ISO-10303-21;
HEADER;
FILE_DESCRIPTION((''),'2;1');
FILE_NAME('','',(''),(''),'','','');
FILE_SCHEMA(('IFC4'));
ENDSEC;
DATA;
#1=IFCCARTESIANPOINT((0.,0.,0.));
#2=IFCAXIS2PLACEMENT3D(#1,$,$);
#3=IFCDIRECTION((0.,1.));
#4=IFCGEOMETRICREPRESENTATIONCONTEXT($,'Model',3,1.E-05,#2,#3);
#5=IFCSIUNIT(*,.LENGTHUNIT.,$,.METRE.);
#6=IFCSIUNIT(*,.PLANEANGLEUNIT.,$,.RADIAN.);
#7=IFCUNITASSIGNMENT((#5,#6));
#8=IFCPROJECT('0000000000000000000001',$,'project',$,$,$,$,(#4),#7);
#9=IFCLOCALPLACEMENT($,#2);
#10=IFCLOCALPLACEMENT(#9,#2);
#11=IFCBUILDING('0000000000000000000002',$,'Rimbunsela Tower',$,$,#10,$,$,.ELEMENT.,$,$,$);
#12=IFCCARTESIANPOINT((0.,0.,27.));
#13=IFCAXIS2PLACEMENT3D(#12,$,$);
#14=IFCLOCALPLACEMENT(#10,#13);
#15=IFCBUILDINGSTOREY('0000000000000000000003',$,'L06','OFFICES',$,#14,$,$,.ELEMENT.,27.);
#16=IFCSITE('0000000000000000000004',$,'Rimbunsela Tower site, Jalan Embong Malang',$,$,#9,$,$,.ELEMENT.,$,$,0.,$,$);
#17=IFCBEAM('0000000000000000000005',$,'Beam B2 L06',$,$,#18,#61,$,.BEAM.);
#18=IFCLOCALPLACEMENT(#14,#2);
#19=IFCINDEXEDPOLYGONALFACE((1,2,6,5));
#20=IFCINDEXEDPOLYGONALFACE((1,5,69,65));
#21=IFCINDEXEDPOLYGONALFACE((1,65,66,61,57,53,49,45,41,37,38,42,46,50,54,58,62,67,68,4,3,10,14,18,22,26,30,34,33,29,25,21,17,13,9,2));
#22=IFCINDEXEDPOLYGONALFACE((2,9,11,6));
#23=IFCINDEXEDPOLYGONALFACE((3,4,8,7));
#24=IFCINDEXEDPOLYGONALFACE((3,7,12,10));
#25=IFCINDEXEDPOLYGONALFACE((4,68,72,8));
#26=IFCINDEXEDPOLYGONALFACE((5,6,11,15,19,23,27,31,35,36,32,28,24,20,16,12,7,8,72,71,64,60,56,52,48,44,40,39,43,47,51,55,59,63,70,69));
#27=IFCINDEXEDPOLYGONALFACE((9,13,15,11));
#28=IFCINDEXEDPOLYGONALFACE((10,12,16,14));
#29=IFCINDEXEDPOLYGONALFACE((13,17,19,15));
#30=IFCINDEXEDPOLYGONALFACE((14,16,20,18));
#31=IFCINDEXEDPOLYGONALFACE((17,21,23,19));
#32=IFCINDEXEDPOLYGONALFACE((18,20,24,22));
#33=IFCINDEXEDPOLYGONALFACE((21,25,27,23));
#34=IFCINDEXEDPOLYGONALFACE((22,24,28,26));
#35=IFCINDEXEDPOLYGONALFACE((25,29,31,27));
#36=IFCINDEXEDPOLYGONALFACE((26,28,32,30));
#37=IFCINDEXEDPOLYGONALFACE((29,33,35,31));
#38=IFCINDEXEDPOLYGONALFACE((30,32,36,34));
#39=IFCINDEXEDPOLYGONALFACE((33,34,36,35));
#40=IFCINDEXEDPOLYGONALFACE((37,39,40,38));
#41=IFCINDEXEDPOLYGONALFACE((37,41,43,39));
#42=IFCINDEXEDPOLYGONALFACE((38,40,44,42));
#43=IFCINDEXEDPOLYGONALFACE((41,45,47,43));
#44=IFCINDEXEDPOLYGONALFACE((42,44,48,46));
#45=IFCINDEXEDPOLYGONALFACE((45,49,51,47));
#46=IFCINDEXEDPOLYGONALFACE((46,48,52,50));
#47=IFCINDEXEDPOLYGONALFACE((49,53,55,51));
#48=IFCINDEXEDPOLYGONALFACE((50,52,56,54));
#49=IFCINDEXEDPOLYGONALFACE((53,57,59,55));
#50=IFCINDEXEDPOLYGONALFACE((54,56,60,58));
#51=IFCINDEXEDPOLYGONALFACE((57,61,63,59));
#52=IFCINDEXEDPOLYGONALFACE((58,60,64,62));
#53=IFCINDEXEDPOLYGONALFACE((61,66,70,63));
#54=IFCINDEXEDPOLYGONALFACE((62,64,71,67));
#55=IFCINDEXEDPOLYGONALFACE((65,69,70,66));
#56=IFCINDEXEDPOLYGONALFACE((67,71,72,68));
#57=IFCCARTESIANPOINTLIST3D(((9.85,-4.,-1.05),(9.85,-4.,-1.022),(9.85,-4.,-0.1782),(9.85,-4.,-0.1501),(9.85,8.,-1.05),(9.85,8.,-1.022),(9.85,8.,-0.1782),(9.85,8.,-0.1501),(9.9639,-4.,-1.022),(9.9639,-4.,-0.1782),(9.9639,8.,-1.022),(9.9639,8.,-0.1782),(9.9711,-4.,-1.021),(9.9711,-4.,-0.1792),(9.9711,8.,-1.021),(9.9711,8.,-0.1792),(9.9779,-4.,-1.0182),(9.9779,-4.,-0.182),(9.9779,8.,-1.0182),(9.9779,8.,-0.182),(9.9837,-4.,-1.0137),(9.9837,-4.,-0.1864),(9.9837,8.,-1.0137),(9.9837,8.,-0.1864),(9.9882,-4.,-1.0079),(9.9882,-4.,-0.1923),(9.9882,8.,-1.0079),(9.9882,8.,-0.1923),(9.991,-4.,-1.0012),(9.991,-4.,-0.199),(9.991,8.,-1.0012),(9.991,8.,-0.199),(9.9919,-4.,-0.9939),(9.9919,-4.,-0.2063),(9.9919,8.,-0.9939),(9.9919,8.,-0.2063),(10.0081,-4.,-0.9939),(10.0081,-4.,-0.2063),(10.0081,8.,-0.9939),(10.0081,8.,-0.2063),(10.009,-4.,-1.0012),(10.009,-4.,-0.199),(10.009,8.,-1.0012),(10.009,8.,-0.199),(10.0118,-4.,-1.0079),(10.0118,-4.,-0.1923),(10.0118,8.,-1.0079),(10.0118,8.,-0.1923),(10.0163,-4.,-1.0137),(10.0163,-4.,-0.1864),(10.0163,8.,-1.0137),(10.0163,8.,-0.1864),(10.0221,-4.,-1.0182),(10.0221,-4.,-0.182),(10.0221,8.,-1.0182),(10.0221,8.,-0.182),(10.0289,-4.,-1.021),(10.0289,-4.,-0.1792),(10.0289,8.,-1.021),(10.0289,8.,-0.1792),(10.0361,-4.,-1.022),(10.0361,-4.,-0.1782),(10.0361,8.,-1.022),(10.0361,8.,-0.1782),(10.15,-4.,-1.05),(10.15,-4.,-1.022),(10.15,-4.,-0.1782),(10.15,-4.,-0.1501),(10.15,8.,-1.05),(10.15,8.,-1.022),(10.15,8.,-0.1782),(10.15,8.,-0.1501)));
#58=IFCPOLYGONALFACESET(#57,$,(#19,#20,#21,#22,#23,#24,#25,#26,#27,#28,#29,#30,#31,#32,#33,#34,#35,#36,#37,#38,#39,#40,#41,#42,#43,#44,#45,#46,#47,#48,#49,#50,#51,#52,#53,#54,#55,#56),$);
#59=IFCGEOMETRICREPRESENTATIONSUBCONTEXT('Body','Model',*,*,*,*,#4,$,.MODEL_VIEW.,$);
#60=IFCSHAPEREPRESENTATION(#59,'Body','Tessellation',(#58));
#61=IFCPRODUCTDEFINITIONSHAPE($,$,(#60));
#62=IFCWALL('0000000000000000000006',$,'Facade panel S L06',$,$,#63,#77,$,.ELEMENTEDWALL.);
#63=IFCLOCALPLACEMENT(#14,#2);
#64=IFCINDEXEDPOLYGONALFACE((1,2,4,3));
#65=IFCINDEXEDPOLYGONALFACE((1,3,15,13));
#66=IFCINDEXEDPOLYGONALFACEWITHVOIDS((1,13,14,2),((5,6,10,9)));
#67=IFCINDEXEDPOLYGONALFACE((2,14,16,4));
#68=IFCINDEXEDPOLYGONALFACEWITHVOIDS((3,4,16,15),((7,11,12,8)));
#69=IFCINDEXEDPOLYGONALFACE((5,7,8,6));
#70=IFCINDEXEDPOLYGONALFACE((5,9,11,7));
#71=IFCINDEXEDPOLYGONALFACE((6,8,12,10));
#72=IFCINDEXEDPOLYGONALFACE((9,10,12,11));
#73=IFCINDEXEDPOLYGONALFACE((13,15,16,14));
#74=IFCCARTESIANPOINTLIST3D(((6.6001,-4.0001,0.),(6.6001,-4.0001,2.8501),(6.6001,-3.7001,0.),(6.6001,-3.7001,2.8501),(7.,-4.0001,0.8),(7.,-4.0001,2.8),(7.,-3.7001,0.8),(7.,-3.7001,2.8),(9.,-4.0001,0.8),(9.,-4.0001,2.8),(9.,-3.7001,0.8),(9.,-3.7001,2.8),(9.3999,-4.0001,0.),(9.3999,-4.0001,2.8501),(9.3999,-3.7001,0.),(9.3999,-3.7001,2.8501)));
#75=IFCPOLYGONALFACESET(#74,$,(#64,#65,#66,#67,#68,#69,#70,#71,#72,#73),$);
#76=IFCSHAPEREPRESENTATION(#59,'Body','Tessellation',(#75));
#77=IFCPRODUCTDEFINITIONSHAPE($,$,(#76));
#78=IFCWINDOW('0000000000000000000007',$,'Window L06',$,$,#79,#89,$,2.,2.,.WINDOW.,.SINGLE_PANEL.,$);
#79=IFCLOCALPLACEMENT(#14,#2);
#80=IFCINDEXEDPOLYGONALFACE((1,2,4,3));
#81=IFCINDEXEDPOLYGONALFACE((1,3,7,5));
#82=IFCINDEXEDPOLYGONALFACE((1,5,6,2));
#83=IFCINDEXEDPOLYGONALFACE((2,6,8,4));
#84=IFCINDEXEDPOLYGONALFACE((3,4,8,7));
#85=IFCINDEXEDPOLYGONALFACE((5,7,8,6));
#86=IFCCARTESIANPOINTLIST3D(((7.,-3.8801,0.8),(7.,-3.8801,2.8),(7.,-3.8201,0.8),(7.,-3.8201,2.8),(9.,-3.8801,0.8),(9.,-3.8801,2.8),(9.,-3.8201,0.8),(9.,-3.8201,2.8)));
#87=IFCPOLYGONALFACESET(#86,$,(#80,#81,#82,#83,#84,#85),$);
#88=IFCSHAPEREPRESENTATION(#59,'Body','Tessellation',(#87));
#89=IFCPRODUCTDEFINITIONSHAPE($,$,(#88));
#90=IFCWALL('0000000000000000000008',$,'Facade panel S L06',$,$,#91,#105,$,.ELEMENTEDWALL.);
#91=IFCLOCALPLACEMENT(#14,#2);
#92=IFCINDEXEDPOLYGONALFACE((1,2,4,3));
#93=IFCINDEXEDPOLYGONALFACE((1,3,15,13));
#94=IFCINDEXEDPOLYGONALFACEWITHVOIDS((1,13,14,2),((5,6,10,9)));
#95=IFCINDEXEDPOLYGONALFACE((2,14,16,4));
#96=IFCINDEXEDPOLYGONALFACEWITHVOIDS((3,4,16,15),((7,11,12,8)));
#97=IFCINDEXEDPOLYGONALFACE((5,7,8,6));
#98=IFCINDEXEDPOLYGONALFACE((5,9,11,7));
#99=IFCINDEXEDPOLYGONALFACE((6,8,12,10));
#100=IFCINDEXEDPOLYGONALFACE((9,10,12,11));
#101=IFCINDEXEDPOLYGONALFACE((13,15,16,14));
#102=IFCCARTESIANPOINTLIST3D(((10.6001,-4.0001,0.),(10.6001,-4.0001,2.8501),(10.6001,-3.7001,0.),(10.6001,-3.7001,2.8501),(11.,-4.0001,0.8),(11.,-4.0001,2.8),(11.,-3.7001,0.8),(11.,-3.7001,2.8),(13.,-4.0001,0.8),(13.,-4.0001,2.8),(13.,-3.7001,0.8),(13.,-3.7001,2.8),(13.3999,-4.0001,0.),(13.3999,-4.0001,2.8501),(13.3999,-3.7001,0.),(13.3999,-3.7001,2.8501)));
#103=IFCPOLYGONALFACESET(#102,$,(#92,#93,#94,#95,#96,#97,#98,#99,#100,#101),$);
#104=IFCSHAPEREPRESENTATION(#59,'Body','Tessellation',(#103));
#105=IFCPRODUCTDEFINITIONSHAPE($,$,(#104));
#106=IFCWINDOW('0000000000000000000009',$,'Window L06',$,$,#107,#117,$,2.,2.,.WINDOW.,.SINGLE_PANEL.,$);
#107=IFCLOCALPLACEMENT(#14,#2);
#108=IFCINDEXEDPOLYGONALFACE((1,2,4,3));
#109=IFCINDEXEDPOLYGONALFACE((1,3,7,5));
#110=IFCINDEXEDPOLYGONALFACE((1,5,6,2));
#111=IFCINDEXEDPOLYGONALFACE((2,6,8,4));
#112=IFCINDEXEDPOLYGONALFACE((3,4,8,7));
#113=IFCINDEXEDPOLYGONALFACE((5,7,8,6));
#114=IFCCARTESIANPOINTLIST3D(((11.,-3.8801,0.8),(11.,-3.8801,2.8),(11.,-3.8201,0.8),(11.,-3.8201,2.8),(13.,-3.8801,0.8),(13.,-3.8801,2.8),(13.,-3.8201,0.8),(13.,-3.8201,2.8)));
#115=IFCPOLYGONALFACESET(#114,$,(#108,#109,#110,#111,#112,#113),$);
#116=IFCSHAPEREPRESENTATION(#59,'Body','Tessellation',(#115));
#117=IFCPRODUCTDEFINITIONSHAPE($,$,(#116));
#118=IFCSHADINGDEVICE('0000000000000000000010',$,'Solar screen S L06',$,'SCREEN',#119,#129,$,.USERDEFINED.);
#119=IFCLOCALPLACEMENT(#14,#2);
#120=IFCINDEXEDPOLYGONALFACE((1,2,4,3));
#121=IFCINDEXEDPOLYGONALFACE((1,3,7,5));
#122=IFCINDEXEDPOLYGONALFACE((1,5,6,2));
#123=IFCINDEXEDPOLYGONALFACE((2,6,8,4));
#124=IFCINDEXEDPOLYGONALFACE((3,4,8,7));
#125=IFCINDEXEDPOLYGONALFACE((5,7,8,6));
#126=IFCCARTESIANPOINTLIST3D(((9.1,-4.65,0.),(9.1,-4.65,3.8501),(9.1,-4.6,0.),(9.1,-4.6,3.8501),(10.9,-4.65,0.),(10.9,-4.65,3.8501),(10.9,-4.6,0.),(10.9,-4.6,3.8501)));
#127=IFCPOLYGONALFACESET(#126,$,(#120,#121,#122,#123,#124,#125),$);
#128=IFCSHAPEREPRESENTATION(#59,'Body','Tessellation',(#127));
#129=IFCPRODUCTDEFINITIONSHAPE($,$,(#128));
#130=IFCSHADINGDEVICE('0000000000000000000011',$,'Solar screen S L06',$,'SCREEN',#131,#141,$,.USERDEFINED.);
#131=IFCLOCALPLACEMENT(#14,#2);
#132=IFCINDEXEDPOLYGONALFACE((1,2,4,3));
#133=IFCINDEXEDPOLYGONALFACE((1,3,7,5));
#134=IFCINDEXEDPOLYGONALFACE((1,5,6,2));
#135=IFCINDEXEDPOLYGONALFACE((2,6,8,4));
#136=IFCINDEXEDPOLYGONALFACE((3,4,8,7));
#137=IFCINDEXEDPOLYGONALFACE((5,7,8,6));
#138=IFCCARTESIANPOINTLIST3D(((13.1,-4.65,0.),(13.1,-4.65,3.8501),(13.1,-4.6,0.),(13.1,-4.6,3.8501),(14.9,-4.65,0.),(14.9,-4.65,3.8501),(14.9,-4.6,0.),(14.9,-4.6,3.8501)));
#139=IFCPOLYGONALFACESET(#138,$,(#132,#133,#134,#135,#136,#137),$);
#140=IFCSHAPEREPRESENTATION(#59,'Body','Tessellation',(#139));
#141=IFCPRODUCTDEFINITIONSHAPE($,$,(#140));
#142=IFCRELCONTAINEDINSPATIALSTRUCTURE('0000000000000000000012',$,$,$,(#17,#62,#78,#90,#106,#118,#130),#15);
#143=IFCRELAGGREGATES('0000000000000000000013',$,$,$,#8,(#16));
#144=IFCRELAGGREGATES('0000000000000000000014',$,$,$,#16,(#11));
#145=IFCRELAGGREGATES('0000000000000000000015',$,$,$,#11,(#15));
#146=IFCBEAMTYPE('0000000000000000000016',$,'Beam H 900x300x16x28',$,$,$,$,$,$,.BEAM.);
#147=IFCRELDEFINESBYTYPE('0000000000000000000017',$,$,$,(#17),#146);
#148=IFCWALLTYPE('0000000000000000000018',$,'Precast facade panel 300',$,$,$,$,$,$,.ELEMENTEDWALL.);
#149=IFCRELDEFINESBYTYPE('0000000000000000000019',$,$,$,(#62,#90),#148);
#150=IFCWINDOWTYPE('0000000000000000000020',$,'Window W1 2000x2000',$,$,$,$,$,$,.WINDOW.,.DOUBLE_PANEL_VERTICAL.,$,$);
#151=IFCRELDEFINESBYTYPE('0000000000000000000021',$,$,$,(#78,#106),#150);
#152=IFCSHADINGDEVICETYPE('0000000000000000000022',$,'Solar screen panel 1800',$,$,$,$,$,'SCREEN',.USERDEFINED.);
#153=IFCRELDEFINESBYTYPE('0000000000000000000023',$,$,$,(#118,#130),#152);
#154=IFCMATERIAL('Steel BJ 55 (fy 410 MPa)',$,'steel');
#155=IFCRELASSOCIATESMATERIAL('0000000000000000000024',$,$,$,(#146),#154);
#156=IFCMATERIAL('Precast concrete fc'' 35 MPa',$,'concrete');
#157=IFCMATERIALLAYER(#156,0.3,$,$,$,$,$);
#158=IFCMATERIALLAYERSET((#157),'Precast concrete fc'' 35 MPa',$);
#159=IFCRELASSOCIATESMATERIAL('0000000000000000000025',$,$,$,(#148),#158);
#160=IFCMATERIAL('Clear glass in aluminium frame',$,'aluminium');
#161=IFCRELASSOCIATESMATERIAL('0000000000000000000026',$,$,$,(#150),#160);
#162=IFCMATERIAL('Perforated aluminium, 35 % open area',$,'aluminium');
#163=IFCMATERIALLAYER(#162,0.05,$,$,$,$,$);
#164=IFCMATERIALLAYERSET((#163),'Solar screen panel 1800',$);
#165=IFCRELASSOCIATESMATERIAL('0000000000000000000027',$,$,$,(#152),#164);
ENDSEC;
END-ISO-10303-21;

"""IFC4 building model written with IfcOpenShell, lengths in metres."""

from ifc_helpers import new_model, si_unit, direction, frame, frame_2d, origin, origin_2d, place, context, subcontext, project, spatial, rectangle, i_section, extrude, material, layer, layer_set, material_profile, profile_set, type_object, element, fill, save


model = new_model("IFC4")

# Units and contexts
model_context = context("Model", 3, precision=1e-05, world=origin(), true_north=direction((0.0, 1.0)))
body_context = subcontext(model_context, "Body", "Model", "MODEL_VIEW")
ifc_project = project(units=[si_unit("LENGTHUNIT", "METRE"), si_unit("PLANEANGLEUNIT", "RADIAN")], contexts=[model_context])

# Site, building, storey
site_placement = place(None, origin())
site = spatial("IfcSite", under=ifc_project, at=site_placement, Name="Rimbunsela Tower site, Jalan Embong Malang", CompositionType="ELEMENT", RefElevation=0.0)
building_placement = place(site_placement, origin())
building = spatial("IfcBuilding", under=site, at=building_placement, Name="Rimbunsela Tower", CompositionType="ELEMENT")
storey_placement = place(building_placement, frame((0.0, 0.0, 27.0)))
storey = spatial("IfcBuildingStorey", under=building, at=storey_placement, Name="L06", Description="OFFICES", CompositionType="ELEMENT", Elevation=27.0)

# Beam
ifc_material_1 = material(Name="Steel BJ 55 (fy 410 MPa)", Category="steel")
ifc_material_profile_1 = material_profile(ifc_material_1, i_section(OverallWidth=0.3, OverallDepth=0.8999, WebThickness=0.0161, FlangeThickness=0.0281, FilletRadius=0.0281, at=origin_2d()), Name="H 900x300x16x28")
ifc_profile_set_1 = profile_set([ifc_material_profile_1], Name="Steel BJ 55 (fy 410 MPa)")
beam_type_1 = type_object("IfcBeamType", Name="Beam H 900x300x16x28", PredefinedType="BEAM", material=ifc_profile_set_1)
beam_1_placement = place(storey_placement, frame((10.0, -4.0, -0.6001), z_axis=(0.0, 1.0, 0.0), x_axis=(-1.0, 0.0, 0.0)))
element("IfcBeam", 1, at=beam_1_placement, inside=storey, type_object=beam_type_1, Name="Beam B2 L06", PredefinedType="BEAM", context=body_context, shape_type="SweptSolid", body=[
    extrude(i_section(OverallWidth=0.3, OverallDepth=0.8999, WebThickness=0.0161, FlangeThickness=0.0281, FilletRadius=0.0281, at=origin_2d()), origin(), (0.0, 0.0, 1.0), 12.0),
])

# Walls, openings, windows
ifc_material_2 = material(Name="Precast concrete fc' 35 MPa", Category="concrete")
ifc_layer_1 = layer(ifc_material_2, 0.3)
ifc_layer_set_1 = layer_set([ifc_layer_1], Name="Precast concrete fc' 35 MPa")
wall_type = type_object("IfcWallType", Name="Precast facade panel 300", PredefinedType="ELEMENTEDWALL", material=ifc_layer_set_1)
wall_1_placement = place(storey_placement, frame((6.6001, -3.8501, 0.0), z_axis=(0.0, 0.0, 1.0), x_axis=(1.0, 0.0, 0.0)))
wall_1 = element("IfcWall", 2, at=wall_1_placement, inside=storey, type_object=wall_type, Name="Facade panel S L06", PredefinedType="ELEMENTEDWALL", context=body_context, shape_type="SweptSolid", body=[
    extrude(rectangle(XDim=2.7998, YDim=0.3, at=frame_2d((1.3999, 0.0))), origin(), (0.0, 0.0, 1.0), 2.8501),
])
opening_1_placement = place(wall_1_placement, frame((0.3999, 0.0, 0.8)))
opening_1 = element("IfcOpeningElement", 3, at=opening_1_placement, cuts=wall_1, PredefinedType="OPENING", context=body_context, shape_type="SweptSolid", body=[
    extrude(rectangle(XDim=2.0, YDim=2.0, at=frame_2d((1.0, 1.0))), frame((0.0, 0.1599, 0.0), z_axis=(0.0, -1.0, 0.0), x_axis=(1.0, 0.0, 0.0)), (0.0, 0.0, 1.0), 0.3201),
])
ifc_material_3 = material(Name="Clear glass in aluminium frame", Category="aluminium")
window_type = type_object("IfcWindowType", Name="Window W1 2000x2000", PartitioningType="DOUBLE_PANEL_VERTICAL", PredefinedType="WINDOW", material=ifc_material_3)
window_1_placement = place(opening_1_placement, origin())
window_1 = element("IfcWindow", 4, at=window_1_placement, inside=storey, type_object=window_type, Name="Window L06", OverallHeight=2.0, OverallWidth=2.0, PartitioningType="SINGLE_PANEL", PredefinedType="WINDOW", context=body_context, shape_type="SweptSolid", body=[
    extrude(rectangle(XDim=2.0, YDim=2.0, at=frame_2d((1.0, 1.0))), frame((0.0, 0.03, 0.0), z_axis=(0.0, -1.0, 0.0), x_axis=(1.0, 0.0, 0.0)), (0.0, 0.0, 1.0), 0.0601),
])
fill(opening_1, window_1)
wall_2_placement = place(storey_placement, frame((10.6001, -3.8501, 0.0), z_axis=(0.0, 0.0, 1.0), x_axis=(1.0, 0.0, 0.0)))
wall_2 = element("IfcWall", 5, at=wall_2_placement, inside=storey, type_object=wall_type, Name="Facade panel S L06", PredefinedType="ELEMENTEDWALL", context=body_context, shape_type="SweptSolid", body=[
    extrude(rectangle(XDim=2.7998, YDim=0.3, at=frame_2d((1.3999, 0.0))), origin(), (0.0, 0.0, 1.0), 2.8501),
])
opening_2_placement = place(wall_2_placement, frame((0.3999, 0.0, 0.8)))
opening_2 = element("IfcOpeningElement", 6, at=opening_2_placement, cuts=wall_2, PredefinedType="OPENING", context=body_context, shape_type="SweptSolid", body=[
    extrude(rectangle(XDim=2.0, YDim=2.0, at=frame_2d((1.0, 1.0))), frame((0.0, 0.1599, 0.0), z_axis=(0.0, -1.0, 0.0), x_axis=(1.0, 0.0, 0.0)), (0.0, 0.0, 1.0), 0.3201),
])
window_2_placement = place(opening_2_placement, origin())
window_2 = element("IfcWindow", 7, at=window_2_placement, inside=storey, type_object=window_type, Name="Window L06", OverallHeight=2.0, OverallWidth=2.0, PartitioningType="SINGLE_PANEL", PredefinedType="WINDOW", context=body_context, shape_type="SweptSolid", body=[
    extrude(rectangle(XDim=2.0, YDim=2.0, at=frame_2d((1.0, 1.0))), frame((0.0, 0.03, 0.0), z_axis=(0.0, -1.0, 0.0), x_axis=(1.0, 0.0, 0.0)), (0.0, 0.0, 1.0), 0.0601),
])
fill(opening_2, window_2)

# Shading devices
ifc_material_4 = material(Name="Perforated aluminium, 35 % open area", Category="aluminium")
ifc_layer_2 = layer(ifc_material_4, 0.05)
ifc_layer_set_2 = layer_set([ifc_layer_2], Name="Solar screen panel 1800")
shading_device_type = type_object("IfcShadingDeviceType", Name="Solar screen panel 1800", ElementType="SCREEN", PredefinedType="USERDEFINED", material=ifc_layer_set_2)
for number, where, z_axis, x_axis, name in (
    (8, (10.0, -4.625, 0.0), (0.0, 0.0, 1.0), (1.0, 0.0, 0.0), "Solar screen S L06"),
    (9, (14.0, -4.625, 0.0), (0.0, 0.0, 1.0), (1.0, 0.0, 0.0), "Solar screen S L06"),
):
    element("IfcShadingDevice", number, at=place(storey_placement, frame(where, z_axis=z_axis, x_axis=x_axis)), inside=storey, type_object=shading_device_type, Name=name, ObjectType="SCREEN", PredefinedType="USERDEFINED", context=body_context, shape_type="SweptSolid", body=[
        extrude(rectangle(XDim=1.8, YDim=0.05, at=origin_2d()), origin(), (0.0, 0.0, 1.0), 3.8501),
    ])

save(model, "model.ifc")
